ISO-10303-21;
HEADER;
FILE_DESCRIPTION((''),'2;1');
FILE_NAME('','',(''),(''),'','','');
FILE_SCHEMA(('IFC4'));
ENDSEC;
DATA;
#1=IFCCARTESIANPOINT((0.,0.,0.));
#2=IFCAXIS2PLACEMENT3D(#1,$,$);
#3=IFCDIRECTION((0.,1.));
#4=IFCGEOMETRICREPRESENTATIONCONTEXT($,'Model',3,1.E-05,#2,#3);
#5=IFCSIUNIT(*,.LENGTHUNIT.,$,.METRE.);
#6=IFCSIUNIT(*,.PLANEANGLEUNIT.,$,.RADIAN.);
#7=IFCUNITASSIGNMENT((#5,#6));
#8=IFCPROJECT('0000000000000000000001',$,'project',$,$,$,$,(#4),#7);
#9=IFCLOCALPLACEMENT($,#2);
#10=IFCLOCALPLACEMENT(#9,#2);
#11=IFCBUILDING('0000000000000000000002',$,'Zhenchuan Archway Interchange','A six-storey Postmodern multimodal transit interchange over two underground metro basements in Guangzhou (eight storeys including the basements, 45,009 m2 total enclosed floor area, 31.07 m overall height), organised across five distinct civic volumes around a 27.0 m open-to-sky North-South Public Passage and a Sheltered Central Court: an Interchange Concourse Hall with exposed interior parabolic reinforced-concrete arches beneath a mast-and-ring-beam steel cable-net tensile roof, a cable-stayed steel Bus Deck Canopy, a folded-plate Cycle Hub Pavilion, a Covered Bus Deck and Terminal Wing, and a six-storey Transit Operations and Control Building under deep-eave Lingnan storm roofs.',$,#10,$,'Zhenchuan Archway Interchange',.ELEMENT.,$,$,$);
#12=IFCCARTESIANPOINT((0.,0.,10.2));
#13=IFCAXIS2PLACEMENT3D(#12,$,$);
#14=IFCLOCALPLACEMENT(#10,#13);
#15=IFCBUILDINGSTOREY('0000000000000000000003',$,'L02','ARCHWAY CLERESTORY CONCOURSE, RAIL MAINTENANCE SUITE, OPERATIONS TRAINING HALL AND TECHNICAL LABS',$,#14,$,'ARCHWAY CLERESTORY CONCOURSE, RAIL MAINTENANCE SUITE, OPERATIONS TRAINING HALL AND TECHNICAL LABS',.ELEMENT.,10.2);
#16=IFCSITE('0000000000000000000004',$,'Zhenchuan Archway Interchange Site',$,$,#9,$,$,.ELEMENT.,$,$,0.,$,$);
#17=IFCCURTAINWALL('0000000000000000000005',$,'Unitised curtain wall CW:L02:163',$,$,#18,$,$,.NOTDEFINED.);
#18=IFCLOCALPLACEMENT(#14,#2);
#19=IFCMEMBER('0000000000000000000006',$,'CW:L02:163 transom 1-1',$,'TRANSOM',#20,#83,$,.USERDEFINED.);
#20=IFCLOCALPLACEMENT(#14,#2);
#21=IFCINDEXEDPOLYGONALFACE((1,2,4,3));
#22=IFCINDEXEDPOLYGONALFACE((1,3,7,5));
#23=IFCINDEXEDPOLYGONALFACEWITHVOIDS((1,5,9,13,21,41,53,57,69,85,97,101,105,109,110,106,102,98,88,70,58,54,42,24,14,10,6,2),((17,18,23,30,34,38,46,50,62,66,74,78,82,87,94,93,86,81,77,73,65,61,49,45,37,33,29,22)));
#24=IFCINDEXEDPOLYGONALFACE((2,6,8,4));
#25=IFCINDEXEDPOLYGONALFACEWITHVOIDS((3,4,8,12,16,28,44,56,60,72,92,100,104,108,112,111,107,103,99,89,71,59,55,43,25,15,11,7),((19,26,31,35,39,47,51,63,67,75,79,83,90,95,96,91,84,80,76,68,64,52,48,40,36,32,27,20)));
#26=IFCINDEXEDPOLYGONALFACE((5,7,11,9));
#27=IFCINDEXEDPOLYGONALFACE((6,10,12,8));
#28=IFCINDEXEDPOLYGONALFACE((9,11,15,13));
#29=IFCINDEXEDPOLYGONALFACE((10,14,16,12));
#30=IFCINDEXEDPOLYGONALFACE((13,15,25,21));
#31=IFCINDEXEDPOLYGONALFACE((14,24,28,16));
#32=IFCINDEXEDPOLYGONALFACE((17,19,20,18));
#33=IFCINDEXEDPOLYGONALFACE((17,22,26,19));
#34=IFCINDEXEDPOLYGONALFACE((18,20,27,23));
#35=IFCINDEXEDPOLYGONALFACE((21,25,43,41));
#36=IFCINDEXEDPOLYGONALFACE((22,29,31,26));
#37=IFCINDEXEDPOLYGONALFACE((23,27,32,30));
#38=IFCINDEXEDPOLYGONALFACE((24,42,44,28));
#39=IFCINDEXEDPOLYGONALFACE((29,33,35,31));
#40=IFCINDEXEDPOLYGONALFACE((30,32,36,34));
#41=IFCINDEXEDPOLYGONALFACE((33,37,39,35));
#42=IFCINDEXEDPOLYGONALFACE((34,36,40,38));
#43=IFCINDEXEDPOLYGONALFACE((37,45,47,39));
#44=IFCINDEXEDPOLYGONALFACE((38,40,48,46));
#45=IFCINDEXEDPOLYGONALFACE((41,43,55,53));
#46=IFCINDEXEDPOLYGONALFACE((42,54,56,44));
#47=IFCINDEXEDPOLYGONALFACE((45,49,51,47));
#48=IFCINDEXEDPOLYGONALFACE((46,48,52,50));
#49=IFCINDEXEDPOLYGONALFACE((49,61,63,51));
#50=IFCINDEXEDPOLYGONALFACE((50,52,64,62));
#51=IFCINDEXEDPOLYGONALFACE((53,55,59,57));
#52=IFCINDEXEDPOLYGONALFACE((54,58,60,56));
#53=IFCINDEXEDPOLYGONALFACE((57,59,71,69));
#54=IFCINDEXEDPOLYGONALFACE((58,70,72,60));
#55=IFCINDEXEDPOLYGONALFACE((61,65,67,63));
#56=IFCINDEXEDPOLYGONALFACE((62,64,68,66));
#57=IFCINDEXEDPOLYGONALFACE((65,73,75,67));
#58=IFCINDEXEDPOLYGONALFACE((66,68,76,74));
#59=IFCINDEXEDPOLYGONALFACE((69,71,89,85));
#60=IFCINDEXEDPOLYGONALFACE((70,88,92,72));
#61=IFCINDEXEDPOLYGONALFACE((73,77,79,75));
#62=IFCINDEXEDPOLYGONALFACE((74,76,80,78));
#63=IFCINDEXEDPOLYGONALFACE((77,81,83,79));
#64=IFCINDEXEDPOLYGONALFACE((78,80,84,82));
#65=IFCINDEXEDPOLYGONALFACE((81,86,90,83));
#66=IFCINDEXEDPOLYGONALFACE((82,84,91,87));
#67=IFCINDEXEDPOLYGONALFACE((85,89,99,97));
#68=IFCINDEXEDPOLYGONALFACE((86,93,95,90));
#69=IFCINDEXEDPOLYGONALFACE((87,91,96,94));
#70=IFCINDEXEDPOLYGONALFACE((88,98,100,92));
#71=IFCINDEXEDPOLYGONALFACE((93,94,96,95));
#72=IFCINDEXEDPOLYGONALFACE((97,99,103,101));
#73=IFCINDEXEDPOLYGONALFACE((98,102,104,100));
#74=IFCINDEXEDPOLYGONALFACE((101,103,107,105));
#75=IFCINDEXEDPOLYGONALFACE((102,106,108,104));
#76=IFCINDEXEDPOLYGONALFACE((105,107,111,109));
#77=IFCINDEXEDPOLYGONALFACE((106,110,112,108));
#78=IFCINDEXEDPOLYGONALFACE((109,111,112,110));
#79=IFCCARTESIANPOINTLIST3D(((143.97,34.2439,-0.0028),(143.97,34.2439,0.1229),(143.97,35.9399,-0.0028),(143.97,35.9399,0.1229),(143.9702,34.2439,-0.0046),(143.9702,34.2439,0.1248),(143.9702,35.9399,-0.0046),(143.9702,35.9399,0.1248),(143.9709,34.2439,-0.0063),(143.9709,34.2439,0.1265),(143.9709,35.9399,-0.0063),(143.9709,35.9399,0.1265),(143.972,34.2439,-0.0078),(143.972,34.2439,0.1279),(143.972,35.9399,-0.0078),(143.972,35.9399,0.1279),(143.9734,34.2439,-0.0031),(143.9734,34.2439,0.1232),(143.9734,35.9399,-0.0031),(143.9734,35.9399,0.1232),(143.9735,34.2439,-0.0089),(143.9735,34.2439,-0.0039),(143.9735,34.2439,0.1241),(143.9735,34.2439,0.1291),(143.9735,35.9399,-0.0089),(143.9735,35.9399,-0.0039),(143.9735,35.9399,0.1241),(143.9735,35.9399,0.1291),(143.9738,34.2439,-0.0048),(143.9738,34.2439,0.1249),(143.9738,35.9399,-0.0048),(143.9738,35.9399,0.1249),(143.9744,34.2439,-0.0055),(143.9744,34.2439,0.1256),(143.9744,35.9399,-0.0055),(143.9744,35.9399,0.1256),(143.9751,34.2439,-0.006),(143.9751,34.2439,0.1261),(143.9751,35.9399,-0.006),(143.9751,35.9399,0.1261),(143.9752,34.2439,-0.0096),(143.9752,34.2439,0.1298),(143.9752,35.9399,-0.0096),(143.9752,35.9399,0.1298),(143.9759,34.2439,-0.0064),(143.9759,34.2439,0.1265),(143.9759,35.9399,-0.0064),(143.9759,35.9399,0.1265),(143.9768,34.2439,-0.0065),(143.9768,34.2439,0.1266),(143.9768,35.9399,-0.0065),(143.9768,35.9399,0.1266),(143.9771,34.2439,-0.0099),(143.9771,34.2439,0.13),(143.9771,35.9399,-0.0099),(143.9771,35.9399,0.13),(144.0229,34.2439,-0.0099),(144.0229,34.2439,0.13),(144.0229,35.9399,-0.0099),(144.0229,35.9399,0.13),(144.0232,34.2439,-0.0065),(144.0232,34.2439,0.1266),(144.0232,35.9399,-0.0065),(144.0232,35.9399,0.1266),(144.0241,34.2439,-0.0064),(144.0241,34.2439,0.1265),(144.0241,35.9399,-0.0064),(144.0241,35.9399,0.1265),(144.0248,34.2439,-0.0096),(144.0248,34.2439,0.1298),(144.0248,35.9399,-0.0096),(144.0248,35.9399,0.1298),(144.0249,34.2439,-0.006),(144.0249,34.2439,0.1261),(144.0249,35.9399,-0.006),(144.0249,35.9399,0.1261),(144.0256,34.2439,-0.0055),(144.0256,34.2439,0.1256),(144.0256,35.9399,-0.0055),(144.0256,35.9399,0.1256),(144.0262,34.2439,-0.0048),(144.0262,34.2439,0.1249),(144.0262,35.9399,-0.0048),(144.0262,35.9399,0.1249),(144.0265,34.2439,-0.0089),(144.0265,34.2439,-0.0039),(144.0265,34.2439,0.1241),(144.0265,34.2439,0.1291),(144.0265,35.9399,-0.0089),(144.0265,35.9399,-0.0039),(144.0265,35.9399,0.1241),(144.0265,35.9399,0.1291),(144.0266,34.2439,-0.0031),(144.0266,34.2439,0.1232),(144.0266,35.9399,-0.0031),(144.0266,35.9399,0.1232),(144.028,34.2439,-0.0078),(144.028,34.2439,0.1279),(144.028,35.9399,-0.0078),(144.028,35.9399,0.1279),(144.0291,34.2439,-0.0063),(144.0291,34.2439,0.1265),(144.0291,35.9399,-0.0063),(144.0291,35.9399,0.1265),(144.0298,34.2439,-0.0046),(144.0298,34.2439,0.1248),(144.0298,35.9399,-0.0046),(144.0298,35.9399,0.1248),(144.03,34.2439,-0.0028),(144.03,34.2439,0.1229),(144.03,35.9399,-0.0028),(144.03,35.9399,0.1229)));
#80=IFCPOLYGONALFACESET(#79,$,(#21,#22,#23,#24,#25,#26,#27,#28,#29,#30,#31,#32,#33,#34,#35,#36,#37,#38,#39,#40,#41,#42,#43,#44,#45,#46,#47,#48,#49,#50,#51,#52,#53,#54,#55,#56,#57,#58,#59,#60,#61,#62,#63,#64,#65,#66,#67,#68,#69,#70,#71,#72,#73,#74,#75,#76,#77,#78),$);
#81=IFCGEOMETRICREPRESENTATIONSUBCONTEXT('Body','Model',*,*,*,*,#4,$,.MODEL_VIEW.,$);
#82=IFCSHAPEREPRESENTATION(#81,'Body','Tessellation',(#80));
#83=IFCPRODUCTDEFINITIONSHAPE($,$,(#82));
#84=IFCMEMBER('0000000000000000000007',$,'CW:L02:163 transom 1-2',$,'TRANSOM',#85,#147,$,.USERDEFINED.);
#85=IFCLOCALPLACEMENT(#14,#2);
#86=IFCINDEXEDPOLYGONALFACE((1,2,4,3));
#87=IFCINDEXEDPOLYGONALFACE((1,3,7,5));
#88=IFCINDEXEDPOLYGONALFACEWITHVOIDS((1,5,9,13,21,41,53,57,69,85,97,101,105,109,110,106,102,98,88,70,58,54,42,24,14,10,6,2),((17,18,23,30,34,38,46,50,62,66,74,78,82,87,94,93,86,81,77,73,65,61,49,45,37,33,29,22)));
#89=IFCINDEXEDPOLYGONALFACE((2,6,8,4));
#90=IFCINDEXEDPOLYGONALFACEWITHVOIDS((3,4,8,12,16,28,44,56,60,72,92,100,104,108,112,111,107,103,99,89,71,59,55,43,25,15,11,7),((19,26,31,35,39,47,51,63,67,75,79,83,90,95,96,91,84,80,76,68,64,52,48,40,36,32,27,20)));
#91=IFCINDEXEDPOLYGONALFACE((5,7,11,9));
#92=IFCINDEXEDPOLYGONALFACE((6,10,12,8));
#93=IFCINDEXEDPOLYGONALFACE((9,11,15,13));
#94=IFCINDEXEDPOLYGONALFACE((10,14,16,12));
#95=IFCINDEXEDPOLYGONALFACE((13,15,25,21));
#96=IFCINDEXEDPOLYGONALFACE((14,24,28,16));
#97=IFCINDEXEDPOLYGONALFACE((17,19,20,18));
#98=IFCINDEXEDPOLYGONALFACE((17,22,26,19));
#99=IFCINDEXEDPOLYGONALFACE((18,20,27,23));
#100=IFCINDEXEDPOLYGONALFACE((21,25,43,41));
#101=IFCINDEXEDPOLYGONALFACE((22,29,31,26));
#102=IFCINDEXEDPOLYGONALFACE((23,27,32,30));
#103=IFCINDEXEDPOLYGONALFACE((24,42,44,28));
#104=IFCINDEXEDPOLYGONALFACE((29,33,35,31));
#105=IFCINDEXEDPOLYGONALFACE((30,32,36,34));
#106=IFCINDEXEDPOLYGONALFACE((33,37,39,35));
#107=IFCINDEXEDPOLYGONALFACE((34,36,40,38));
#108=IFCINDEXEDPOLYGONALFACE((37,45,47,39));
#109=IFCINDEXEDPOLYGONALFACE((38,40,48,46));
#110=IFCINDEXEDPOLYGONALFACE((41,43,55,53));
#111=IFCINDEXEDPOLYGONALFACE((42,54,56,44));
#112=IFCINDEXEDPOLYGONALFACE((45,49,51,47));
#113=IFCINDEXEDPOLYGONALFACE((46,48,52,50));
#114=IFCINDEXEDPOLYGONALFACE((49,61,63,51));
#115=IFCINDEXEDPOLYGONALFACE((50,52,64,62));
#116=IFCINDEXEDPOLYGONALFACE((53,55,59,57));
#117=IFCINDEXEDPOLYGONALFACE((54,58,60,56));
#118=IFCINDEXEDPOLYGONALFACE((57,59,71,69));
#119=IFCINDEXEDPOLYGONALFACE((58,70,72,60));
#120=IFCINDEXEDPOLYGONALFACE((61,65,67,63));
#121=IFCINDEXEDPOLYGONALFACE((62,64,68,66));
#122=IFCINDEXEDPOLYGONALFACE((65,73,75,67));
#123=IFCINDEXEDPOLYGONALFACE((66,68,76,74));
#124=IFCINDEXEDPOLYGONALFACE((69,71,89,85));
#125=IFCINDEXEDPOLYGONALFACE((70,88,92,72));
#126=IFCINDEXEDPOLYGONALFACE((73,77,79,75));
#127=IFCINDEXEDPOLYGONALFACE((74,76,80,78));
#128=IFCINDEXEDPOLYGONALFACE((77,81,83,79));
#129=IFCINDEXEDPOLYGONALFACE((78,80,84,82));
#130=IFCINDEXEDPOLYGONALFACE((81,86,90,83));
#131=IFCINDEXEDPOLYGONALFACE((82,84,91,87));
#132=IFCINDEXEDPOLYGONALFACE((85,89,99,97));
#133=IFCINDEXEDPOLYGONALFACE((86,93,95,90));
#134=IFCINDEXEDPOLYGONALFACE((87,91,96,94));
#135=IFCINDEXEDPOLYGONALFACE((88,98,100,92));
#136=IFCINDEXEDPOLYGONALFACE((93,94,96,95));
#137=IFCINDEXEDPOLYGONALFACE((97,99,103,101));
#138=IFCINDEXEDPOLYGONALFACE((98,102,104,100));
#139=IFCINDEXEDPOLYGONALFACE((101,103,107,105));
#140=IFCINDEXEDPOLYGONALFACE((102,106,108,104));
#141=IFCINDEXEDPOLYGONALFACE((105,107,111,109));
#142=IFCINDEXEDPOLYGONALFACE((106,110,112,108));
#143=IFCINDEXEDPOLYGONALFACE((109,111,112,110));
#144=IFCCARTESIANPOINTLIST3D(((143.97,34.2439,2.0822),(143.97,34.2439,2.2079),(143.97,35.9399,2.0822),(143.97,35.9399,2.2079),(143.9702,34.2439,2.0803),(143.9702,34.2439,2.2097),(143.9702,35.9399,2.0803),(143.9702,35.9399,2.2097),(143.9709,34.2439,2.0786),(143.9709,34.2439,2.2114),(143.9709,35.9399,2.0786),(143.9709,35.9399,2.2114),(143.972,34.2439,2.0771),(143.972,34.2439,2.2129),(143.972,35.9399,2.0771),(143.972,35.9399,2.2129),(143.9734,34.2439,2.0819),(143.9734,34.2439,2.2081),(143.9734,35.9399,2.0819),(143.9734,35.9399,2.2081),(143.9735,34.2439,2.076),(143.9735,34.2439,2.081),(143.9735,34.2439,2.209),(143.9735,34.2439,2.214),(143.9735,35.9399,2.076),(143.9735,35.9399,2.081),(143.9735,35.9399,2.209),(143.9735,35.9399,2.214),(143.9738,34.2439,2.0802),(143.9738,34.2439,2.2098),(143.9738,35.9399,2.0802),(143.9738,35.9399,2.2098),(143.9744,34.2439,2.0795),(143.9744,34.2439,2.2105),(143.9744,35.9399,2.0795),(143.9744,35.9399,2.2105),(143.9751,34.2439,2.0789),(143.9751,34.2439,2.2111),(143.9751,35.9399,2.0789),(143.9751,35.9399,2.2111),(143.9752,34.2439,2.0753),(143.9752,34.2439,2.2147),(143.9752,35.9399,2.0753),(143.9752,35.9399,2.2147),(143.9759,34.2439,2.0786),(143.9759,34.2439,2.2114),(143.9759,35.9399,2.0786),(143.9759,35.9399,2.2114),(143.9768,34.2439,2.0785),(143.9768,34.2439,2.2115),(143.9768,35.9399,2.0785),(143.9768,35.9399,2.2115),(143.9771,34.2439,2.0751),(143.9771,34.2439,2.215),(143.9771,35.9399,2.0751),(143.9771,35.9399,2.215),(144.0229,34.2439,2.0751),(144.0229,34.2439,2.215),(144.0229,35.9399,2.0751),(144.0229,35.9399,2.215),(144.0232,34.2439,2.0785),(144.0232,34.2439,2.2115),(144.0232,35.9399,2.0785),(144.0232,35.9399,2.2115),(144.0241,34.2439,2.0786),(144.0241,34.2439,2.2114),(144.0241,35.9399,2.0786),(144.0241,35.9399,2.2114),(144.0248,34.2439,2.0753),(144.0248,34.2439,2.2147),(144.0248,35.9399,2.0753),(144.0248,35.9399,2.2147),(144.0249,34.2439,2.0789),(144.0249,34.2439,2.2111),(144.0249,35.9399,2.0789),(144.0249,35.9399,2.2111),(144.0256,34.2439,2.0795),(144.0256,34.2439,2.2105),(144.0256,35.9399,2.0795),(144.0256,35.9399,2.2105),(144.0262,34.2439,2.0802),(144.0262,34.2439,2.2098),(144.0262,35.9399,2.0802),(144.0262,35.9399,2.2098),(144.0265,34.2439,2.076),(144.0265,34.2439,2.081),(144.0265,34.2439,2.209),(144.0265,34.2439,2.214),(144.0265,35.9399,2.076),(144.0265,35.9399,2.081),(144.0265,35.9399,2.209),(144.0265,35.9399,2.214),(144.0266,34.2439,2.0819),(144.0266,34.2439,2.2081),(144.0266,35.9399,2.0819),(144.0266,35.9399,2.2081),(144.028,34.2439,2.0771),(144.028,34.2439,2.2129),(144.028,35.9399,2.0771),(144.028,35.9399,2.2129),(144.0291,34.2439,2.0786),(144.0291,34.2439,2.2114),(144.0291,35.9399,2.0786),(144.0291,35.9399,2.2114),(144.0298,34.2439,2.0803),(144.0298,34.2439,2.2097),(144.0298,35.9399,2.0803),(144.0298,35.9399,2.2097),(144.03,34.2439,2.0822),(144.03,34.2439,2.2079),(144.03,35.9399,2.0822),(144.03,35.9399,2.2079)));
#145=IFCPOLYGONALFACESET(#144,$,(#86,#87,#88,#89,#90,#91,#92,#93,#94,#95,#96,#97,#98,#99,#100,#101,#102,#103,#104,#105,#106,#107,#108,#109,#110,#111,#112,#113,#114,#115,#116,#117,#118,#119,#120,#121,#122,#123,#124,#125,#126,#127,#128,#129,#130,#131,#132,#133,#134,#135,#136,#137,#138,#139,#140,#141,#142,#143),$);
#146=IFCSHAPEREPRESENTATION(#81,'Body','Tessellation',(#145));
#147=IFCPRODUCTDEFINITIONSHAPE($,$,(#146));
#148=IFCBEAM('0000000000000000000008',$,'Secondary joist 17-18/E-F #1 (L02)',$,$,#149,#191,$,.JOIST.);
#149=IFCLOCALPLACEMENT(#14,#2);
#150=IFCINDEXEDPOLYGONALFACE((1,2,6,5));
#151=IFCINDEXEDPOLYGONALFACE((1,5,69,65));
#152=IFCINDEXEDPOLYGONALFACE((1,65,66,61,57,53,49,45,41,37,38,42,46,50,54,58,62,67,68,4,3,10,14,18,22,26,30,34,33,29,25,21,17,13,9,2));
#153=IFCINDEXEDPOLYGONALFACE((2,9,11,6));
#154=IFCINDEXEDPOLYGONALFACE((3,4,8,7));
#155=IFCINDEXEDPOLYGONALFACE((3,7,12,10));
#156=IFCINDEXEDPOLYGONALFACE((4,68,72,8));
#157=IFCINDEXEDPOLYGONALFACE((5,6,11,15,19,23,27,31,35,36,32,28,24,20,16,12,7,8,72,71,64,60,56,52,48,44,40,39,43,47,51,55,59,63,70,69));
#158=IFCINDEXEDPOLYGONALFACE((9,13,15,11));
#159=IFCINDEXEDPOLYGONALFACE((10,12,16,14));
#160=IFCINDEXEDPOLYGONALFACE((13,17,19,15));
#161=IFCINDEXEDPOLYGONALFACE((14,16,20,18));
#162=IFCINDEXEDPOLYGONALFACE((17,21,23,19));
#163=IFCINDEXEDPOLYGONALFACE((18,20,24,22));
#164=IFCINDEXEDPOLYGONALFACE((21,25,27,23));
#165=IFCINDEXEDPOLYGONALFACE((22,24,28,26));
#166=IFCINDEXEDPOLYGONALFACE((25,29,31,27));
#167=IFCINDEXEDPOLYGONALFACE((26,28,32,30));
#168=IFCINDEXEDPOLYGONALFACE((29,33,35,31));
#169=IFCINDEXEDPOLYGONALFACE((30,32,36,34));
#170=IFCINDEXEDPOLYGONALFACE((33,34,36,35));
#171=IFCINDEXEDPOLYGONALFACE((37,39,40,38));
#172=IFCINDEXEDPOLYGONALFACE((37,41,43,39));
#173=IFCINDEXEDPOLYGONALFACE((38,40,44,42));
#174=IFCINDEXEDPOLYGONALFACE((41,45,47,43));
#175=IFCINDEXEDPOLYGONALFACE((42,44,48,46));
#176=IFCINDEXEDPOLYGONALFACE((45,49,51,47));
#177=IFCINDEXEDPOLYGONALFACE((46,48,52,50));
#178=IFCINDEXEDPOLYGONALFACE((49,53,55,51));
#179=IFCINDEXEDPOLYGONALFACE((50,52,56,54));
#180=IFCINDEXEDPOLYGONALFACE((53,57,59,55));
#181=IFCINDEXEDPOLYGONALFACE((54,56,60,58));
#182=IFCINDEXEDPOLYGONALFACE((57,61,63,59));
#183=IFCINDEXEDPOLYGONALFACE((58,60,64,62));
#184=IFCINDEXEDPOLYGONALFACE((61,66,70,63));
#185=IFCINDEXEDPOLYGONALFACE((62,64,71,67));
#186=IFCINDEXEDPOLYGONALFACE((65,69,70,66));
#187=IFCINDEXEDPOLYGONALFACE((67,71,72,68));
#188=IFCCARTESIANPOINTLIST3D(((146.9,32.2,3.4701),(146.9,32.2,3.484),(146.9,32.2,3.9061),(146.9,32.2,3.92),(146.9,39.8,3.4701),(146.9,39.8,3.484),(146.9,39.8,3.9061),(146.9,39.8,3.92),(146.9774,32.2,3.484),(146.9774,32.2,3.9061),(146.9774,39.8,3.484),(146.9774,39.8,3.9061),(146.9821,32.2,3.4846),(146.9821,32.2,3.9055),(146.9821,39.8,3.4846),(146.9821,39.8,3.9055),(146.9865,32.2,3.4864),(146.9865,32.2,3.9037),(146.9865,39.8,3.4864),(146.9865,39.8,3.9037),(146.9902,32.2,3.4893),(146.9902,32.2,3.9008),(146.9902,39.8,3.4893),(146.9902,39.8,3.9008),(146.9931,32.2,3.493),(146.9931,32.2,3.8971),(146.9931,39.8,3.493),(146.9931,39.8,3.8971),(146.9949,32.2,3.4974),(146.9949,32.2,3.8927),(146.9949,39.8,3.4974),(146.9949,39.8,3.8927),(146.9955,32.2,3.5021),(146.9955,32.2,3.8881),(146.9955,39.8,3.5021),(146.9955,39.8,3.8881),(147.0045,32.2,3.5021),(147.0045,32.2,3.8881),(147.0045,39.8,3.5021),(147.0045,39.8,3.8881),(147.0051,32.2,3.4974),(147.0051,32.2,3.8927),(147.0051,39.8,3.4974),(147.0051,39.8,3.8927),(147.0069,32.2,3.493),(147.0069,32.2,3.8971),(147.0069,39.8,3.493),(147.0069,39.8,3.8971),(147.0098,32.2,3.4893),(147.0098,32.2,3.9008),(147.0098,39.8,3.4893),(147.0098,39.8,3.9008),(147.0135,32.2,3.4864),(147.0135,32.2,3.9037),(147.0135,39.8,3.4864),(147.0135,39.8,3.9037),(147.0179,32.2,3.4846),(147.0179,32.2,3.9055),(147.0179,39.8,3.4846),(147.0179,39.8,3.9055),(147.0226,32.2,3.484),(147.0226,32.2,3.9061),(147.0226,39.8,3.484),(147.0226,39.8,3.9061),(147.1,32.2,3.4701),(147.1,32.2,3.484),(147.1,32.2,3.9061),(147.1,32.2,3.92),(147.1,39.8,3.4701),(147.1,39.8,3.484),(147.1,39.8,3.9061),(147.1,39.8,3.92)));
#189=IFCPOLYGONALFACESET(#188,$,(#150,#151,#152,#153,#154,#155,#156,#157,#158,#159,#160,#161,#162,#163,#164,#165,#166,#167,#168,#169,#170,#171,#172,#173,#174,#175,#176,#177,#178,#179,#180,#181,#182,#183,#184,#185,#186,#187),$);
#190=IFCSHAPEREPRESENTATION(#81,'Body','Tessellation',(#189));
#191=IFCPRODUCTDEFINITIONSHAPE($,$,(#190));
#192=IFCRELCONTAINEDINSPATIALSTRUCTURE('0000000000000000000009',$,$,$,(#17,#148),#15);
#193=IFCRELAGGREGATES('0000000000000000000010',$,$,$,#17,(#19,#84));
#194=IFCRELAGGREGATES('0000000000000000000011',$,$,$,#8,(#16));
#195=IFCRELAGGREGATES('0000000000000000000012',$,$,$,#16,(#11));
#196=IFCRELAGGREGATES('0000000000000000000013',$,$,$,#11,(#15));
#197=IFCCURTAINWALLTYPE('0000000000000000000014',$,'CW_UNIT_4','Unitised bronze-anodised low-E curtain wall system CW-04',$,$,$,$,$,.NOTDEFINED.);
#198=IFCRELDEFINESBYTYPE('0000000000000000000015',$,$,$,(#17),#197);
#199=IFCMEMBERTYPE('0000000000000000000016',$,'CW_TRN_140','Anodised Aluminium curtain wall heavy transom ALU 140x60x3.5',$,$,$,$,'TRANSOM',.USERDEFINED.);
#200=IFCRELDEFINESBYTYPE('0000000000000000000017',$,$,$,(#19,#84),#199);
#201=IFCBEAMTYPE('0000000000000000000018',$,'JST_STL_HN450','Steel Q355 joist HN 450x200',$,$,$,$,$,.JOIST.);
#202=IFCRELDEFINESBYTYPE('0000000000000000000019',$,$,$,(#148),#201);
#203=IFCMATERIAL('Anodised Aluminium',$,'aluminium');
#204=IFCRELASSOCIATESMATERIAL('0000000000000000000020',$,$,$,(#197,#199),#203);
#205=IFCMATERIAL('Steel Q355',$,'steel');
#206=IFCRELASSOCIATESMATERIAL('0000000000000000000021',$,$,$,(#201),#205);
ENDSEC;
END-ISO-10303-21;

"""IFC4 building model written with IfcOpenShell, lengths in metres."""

from ifc_helpers import new_model, si_unit, direction, frame, origin, origin_2d, place, context, subcontext, project, spatial, hollow_rectangle, i_section, extrude, material, material_profile, profile_set, type_object, element, aggregate, save


model = new_model("IFC4")

# Units and contexts
model_context = context("Model", 3, precision=1e-05, world=origin(), true_north=direction((0.0, 1.0)))
body_context = subcontext(model_context, "Body", "Model", "MODEL_VIEW")
ifc_project = project(units=[si_unit("LENGTHUNIT", "METRE"), si_unit("PLANEANGLEUNIT", "RADIAN")], contexts=[model_context])

# Site, building, storey
site_placement = place(None, origin())
site = spatial("IfcSite", under=ifc_project, at=site_placement, Name="Zhenchuan Archway Interchange Site", CompositionType="ELEMENT", RefElevation=0.0)
building_placement = place(site_placement, origin())
building = spatial("IfcBuilding", under=site, at=building_placement, Name="Zhenchuan Archway Interchange", Description="A six-storey Postmodern multimodal transit interchange over two underground metro basements in Guangzhou (eight storeys including the basements, 45,009 m2 total enclosed floor area, 31.07 m overall height), organised across five distinct civic volumes around a 27.0 m open-to-sky North-South Public Passage and a Sheltered Central Court: an Interchange Concourse Hall with exposed interior parabolic reinforced-concrete arches beneath a mast-and-ring-beam steel cable-net tensile roof, a cable-stayed steel Bus Deck Canopy, a folded-plate Cycle Hub Pavilion, a Covered Bus Deck and Terminal Wing, and a six-storey Transit Operations and Control Building under deep-eave Lingnan storm roofs.", LongName="Zhenchuan Archway Interchange", CompositionType="ELEMENT")
storey_placement = place(building_placement, frame((0.0, 0.0, 10.2)))
storey = spatial("IfcBuildingStorey", under=building, at=storey_placement, Name="L02", Description="ARCHWAY CLERESTORY CONCOURSE, RAIL MAINTENANCE SUITE, OPERATIONS TRAINING HALL AND TECHNICAL LABS", LongName="ARCHWAY CLERESTORY CONCOURSE, RAIL MAINTENANCE SUITE, OPERATIONS TRAINING HALL AND TECHNICAL LABS", CompositionType="ELEMENT", Elevation=10.2)

# Curtain wall, members
ifc_material_1 = material(Name="Anodised Aluminium", Category="aluminium")
curtain_wall_type = type_object("IfcCurtainWallType", Name="CW_UNIT_4", Description="Unitised bronze-anodised low-E curtain wall system CW-04", PredefinedType="NOTDEFINED", material=ifc_material_1)
curtain_wall_placement = place(storey_placement, origin())
curtain_wall = element("IfcCurtainWall", 1, at=curtain_wall_placement, inside=storey, type_object=curtain_wall_type, Name="Unitised curtain wall CW:L02:163", PredefinedType="NOTDEFINED")
ifc_material_profile_1 = material_profile(ifc_material_1, hollow_rectangle(XDim=0.0601, YDim=0.1399, WallThickness=0.0034, InnerFilletRadius=0.0034, OuterFilletRadius=0.0071, at=origin_2d()), Name="ALU 140x60x3.5")
ifc_profile_set_1 = profile_set([ifc_material_profile_1], Name="Anodised Aluminium")
member_type_1 = type_object("IfcMemberType", Name="CW_TRN_140", Description="Anodised Aluminium curtain wall heavy transom ALU 140x60x3.5", ElementType="TRANSOM", PredefinedType="USERDEFINED", material=ifc_profile_set_1)
member_1_placement = place(storey_placement, frame((144.0, 34.2439, 0.0601), z_axis=(0.0, 1.0, 0.0), x_axis=(-1.0, 0.0, 0.0)))
member_1 = element("IfcMember", 2, at=member_1_placement, type_object=member_type_1, Name="CW:L02:163 transom 1-1", ObjectType="TRANSOM", PredefinedType="USERDEFINED", context=body_context, shape_type="SweptSolid", body=[
    extrude(hollow_rectangle(XDim=0.0601, YDim=0.1399, WallThickness=0.0034, InnerFilletRadius=0.0034, OuterFilletRadius=0.0071, at=origin_2d()), origin(), (0.0, 0.0, 1.0), 1.696),
])
member_2_placement = place(storey_placement, frame((144.0, 34.2439, 2.145), z_axis=(0.0, 1.0, 0.0), x_axis=(-1.0, 0.0, 0.0)))
member_2 = element("IfcMember", 3, at=member_2_placement, type_object=member_type_1, Name="CW:L02:163 transom 1-2", ObjectType="TRANSOM", PredefinedType="USERDEFINED", context=body_context, shape_type="SweptSolid", body=[
    extrude(hollow_rectangle(XDim=0.0601, YDim=0.1399, WallThickness=0.0034, InnerFilletRadius=0.0034, OuterFilletRadius=0.0071, at=origin_2d()), origin(), (0.0, 0.0, 1.0), 1.696),
])

# Beam
ifc_material_2 = material(Name="Steel Q355", Category="steel")
ifc_material_profile_2 = material_profile(ifc_material_2, i_section(OverallWidth=0.2, OverallDepth=0.45, WebThickness=0.009, FlangeThickness=0.0139, FilletRadius=0.0181, at=origin_2d()), Name="HN 450x200")
ifc_profile_set_2 = profile_set([ifc_material_profile_2], Name="Steel Q355")
beam_type_1 = type_object("IfcBeamType", Name="JST_STL_HN450", Description="Steel Q355 joist HN 450x200", PredefinedType="JOIST", material=ifc_profile_set_2)
for number, where, z_axis, x_axis, name in (
    (4, (147.0, 32.2, 3.6951), (0.0, 1.0, 0.0), (-1.0, 0.0, 0.0), "Secondary joist 17-18/E-F #1 (L02)"),
):
    element("IfcBeam", number, at=place(storey_placement, frame(where, z_axis=z_axis, x_axis=x_axis)), inside=storey, type_object=beam_type_1, Name=name, PredefinedType="JOIST", context=body_context, shape_type="SweptSolid", body=[
        extrude(i_section(OverallWidth=0.2, OverallDepth=0.45, WebThickness=0.009, FlangeThickness=0.0139, FilletRadius=0.0181, at=origin_2d()), origin(), (0.0, 0.0, 1.0), 7.6001),
    ])

aggregate(curtain_wall, [member_1, member_2])

save(model, "model.ifc")
